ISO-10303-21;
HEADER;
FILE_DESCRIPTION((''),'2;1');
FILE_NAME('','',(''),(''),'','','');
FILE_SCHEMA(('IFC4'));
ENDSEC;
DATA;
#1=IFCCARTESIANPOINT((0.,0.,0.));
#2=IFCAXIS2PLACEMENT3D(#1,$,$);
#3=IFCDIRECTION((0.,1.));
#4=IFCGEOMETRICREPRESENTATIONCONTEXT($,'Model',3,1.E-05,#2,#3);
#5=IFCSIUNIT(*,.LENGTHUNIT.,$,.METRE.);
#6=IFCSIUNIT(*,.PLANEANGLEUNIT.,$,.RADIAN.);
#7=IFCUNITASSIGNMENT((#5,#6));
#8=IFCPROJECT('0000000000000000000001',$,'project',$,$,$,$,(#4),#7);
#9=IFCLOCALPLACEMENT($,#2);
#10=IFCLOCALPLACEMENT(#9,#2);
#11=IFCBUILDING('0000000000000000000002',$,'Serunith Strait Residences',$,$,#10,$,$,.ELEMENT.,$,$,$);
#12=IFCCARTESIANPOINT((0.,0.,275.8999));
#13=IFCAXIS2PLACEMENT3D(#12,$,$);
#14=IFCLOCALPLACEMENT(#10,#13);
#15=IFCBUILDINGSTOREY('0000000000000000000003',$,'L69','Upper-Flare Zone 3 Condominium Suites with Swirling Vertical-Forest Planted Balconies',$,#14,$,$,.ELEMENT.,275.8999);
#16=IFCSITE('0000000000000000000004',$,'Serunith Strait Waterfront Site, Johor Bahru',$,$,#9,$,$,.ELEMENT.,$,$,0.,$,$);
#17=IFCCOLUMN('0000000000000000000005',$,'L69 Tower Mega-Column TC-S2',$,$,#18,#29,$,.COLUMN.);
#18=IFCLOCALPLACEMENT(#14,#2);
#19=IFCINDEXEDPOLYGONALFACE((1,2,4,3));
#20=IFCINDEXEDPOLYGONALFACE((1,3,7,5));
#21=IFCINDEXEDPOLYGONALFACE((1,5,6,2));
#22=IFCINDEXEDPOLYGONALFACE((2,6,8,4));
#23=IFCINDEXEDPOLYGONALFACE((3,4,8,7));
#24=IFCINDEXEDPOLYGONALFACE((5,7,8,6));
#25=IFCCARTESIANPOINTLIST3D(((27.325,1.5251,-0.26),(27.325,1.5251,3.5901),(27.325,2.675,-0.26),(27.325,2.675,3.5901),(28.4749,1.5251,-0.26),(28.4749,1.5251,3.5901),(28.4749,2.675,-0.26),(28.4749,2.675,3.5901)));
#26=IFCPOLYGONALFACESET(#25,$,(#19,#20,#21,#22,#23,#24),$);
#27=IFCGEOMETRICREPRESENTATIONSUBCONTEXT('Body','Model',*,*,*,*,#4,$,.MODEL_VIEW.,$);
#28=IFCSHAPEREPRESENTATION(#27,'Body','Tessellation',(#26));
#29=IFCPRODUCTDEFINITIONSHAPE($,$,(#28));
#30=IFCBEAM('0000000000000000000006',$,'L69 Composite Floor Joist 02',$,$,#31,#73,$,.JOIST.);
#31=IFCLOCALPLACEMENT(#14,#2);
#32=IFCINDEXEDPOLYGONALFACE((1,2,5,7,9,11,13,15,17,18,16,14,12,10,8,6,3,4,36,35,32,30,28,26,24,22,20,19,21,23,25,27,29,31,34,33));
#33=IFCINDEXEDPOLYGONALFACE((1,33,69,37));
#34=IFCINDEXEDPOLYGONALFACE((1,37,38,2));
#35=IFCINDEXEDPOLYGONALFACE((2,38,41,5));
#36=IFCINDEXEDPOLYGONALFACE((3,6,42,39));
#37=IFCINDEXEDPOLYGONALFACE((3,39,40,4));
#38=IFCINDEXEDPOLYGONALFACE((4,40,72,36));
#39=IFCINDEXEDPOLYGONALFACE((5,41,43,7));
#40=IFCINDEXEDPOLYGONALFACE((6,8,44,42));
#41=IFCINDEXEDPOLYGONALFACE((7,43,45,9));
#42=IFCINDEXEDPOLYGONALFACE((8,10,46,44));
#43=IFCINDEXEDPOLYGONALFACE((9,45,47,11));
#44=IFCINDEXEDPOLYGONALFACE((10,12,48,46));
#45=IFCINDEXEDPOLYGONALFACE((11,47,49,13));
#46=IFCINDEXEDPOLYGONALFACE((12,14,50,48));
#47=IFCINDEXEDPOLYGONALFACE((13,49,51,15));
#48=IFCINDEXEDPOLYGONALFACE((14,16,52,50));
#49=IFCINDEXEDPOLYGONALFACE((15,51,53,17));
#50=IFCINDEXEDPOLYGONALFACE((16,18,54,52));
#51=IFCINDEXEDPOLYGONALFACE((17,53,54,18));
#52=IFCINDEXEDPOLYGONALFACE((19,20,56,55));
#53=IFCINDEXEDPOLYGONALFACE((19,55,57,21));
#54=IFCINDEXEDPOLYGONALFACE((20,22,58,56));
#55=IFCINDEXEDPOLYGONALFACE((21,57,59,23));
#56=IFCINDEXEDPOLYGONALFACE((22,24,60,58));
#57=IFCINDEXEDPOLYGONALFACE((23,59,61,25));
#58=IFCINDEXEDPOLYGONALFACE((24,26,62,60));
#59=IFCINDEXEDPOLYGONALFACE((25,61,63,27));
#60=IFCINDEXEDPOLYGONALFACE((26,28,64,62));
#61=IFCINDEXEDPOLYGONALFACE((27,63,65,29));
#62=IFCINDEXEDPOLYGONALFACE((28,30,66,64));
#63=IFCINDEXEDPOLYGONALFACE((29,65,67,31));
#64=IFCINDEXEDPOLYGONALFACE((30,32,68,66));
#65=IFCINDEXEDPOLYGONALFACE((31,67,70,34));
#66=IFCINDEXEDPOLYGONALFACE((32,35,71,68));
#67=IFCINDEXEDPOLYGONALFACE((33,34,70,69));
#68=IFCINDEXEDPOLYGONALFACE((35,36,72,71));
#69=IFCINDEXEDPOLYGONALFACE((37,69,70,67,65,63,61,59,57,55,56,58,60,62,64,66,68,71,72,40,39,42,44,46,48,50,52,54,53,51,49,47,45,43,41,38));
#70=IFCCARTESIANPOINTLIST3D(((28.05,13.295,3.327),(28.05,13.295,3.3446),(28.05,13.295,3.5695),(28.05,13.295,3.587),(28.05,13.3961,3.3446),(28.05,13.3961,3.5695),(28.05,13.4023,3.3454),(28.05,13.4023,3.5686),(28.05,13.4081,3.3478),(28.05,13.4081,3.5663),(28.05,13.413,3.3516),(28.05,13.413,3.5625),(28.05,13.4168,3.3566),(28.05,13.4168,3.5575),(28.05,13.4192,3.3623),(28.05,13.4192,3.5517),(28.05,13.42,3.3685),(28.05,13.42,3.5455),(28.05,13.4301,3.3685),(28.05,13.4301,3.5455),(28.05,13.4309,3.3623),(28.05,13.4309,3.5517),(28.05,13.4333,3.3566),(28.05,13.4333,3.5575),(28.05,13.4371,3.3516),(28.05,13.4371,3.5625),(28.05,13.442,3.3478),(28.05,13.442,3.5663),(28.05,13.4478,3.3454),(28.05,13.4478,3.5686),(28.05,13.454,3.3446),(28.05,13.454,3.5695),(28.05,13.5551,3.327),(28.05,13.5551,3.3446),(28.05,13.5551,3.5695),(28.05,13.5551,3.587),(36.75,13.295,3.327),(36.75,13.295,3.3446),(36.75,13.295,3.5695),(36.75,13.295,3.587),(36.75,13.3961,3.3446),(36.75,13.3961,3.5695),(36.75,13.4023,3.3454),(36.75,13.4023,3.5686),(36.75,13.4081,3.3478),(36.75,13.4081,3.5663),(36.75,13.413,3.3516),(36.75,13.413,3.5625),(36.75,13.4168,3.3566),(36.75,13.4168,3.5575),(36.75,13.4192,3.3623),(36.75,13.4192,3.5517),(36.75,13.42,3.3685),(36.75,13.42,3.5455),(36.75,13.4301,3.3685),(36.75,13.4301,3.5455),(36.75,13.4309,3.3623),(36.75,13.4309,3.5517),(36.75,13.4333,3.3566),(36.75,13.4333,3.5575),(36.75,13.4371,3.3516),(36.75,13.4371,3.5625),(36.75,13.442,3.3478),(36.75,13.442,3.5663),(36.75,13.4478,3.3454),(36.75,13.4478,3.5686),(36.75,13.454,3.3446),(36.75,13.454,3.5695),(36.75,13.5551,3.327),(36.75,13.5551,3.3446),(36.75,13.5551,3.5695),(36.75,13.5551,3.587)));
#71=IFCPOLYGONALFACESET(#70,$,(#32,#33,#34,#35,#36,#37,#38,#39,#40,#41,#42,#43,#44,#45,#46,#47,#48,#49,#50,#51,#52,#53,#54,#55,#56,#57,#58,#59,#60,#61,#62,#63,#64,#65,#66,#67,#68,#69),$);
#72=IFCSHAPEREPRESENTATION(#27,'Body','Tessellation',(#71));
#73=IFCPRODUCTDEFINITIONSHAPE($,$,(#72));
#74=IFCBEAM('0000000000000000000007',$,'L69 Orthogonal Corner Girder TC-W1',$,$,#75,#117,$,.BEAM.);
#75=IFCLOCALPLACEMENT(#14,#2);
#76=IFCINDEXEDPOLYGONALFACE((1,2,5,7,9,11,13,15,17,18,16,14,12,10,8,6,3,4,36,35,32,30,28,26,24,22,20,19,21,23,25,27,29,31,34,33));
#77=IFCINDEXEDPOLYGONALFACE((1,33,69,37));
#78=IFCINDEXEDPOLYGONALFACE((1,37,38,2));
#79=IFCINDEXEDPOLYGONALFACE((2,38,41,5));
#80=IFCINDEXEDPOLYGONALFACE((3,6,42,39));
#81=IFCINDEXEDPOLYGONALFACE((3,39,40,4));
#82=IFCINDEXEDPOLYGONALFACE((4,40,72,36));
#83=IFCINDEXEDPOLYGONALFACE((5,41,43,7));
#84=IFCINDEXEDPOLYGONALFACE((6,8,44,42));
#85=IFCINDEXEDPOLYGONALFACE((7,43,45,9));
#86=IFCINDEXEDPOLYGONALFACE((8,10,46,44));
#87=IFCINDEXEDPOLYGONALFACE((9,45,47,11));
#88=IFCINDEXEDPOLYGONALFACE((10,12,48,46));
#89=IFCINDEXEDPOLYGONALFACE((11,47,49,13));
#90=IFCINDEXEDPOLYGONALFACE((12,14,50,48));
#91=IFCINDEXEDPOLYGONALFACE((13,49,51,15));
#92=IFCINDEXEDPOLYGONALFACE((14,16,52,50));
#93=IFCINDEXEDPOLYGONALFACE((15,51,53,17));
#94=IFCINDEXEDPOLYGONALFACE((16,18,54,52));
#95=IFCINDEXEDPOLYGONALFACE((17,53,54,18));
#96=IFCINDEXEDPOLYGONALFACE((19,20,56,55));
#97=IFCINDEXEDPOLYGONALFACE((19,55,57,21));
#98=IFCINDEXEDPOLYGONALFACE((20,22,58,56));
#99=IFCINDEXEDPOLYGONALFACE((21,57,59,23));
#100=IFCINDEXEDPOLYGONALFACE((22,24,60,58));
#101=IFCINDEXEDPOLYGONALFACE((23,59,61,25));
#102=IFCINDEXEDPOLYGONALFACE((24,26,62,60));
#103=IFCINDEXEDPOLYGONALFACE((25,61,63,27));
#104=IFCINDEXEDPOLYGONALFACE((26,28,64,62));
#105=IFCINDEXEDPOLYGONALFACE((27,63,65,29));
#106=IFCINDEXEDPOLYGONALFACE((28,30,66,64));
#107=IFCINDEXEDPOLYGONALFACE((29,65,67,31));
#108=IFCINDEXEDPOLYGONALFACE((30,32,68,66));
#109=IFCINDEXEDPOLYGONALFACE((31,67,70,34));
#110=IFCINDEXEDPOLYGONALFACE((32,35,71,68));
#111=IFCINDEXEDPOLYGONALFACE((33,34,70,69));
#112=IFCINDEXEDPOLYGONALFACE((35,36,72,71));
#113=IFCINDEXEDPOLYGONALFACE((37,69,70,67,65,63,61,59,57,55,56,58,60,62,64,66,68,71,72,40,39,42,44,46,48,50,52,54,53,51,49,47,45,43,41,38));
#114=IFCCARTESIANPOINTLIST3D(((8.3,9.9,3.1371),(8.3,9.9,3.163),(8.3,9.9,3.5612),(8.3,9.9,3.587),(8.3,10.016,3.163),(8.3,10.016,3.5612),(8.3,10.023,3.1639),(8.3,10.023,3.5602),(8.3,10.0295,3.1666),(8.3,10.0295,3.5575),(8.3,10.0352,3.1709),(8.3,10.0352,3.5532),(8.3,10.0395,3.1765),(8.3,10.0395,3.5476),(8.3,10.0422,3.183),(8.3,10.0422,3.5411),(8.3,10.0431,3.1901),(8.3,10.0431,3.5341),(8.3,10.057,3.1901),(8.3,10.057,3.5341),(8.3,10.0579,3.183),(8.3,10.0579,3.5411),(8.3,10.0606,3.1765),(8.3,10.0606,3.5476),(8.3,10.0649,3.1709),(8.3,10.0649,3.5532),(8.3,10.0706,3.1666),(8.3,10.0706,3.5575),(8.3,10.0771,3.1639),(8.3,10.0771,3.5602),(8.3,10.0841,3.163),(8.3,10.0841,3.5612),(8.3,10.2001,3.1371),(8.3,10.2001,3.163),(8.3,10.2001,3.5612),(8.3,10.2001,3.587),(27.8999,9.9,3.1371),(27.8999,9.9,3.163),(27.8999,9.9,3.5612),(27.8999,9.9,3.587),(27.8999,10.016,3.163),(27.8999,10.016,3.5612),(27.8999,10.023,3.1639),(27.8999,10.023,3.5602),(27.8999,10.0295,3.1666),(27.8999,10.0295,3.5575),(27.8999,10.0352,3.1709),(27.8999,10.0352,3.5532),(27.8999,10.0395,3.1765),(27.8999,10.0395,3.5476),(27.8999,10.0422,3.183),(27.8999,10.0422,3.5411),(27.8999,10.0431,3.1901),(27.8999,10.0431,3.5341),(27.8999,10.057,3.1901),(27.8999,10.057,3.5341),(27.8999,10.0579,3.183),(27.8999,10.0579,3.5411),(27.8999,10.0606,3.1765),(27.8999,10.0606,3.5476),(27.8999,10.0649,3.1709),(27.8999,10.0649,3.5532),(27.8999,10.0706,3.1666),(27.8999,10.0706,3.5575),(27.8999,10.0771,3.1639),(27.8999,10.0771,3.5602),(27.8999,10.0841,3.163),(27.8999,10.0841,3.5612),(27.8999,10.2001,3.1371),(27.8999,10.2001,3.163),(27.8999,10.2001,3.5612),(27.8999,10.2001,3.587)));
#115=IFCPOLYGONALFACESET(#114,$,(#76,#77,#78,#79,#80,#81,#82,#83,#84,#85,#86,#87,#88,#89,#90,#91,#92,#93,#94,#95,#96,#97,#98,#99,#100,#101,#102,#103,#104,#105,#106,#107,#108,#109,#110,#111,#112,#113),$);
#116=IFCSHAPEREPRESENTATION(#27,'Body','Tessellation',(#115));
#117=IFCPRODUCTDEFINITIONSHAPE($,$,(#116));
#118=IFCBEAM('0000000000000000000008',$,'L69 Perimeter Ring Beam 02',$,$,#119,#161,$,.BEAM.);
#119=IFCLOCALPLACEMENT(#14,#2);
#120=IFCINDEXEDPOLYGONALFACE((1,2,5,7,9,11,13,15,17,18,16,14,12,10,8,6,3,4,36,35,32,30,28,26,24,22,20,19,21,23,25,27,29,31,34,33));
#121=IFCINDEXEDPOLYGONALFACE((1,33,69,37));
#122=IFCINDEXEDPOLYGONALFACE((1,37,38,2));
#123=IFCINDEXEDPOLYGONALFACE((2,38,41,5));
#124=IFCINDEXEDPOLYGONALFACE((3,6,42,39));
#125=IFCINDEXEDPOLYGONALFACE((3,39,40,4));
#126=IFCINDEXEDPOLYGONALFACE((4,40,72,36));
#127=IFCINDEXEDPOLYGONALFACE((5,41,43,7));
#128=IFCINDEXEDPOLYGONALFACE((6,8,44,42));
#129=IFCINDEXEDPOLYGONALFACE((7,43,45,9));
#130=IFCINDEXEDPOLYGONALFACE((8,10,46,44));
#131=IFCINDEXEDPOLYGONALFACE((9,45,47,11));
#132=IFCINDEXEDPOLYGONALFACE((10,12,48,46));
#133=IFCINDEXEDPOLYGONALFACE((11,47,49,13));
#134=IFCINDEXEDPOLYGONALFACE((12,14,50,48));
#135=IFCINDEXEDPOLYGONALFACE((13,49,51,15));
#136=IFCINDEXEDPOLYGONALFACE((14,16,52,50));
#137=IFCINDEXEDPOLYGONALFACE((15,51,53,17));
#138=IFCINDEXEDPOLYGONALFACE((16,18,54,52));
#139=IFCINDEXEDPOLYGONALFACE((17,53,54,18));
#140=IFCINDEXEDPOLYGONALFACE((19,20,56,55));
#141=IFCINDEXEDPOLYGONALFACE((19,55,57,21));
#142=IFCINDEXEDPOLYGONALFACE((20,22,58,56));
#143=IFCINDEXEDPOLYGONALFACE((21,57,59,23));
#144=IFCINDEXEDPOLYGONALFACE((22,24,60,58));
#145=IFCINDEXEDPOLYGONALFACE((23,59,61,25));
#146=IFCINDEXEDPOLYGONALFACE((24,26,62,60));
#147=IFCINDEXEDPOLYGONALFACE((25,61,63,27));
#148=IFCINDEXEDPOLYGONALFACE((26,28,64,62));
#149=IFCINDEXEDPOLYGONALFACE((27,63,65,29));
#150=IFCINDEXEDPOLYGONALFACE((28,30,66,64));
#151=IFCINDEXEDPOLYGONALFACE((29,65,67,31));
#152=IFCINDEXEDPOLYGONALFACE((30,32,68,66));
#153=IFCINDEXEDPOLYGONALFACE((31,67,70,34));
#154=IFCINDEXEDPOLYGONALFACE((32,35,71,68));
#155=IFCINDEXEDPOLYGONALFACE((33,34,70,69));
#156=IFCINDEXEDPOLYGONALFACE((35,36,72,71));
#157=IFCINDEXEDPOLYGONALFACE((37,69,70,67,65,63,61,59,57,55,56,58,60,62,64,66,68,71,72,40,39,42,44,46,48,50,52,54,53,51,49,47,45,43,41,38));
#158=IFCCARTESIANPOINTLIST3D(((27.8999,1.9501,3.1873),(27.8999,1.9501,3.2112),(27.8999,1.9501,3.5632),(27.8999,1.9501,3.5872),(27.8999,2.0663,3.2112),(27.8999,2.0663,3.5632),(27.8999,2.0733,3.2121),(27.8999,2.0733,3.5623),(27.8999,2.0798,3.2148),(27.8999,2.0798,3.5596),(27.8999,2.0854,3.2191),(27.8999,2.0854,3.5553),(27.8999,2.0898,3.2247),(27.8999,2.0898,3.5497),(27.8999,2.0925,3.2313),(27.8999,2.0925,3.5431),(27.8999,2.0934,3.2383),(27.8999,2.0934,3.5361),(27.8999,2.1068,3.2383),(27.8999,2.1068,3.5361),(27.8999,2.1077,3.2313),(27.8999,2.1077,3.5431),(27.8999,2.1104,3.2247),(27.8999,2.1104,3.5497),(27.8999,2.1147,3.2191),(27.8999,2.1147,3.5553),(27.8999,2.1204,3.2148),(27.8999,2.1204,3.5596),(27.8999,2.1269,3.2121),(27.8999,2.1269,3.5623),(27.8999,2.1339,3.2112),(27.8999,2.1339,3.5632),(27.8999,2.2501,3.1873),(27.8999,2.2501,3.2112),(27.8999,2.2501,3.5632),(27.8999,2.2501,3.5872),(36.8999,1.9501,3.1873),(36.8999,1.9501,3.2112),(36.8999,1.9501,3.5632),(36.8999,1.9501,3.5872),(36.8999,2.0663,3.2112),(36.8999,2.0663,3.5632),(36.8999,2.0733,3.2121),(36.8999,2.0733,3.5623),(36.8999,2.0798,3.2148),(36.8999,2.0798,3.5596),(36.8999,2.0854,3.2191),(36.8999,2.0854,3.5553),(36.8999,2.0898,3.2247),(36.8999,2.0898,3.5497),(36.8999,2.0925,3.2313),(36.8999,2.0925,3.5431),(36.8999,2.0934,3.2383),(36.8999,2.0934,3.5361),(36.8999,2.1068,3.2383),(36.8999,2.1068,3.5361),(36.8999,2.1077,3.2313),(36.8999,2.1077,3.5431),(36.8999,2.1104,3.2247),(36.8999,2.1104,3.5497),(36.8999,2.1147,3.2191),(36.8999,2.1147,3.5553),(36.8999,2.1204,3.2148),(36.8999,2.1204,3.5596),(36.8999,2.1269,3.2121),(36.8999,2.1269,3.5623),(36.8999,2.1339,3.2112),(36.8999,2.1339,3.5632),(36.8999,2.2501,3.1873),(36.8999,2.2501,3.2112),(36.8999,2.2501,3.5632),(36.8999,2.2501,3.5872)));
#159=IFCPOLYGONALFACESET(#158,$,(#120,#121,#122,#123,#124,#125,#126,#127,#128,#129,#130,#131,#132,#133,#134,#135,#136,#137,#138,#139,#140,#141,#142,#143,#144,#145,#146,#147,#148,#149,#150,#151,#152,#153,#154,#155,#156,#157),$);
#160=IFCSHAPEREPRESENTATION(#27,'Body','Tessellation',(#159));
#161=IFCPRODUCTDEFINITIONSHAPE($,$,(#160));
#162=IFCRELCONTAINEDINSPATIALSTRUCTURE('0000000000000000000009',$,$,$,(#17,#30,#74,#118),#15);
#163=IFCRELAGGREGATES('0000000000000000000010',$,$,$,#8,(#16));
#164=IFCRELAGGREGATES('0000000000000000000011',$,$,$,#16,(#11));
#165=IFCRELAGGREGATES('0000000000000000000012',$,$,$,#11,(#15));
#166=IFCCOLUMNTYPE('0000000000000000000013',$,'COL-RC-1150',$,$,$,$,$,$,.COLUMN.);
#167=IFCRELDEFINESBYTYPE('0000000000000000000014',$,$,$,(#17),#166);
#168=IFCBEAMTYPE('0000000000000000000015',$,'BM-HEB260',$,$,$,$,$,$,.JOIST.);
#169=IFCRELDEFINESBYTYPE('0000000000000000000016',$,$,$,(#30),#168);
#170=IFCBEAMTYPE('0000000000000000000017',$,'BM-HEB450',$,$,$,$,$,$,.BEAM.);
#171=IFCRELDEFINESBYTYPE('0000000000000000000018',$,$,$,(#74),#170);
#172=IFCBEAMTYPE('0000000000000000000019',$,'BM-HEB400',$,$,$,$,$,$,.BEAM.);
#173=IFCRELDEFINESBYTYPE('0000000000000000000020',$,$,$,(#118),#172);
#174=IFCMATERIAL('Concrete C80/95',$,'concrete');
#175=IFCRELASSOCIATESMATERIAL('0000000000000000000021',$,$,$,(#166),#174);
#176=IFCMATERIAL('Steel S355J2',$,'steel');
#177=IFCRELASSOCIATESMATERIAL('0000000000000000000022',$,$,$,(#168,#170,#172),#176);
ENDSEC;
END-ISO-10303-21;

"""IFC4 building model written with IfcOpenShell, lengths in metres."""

from ifc_helpers import new_model, si_unit, direction, frame, origin, origin_2d, place, context, subcontext, project, spatial, rectangle, i_section, extrude, source, transform, mapped, material, material_profile, profile_set, type_object, element, save


model = new_model("IFC4")

# Units and contexts
model_context = context("Model", 3, precision=1e-05, world=origin(), true_north=direction((0.0, 1.0)))
body_context = subcontext(model_context, "Body", "Model", "MODEL_VIEW")
ifc_project = project(units=[si_unit("LENGTHUNIT", "METRE"), si_unit("PLANEANGLEUNIT", "RADIAN")], contexts=[model_context])

# Site, building, storey
site_placement = place(None, origin())
site = spatial("IfcSite", under=ifc_project, at=site_placement, Name="Serunith Strait Waterfront Site, Johor Bahru", CompositionType="ELEMENT", RefElevation=0.0)
building_placement = place(site_placement, origin())
building = spatial("IfcBuilding", under=site, at=building_placement, Name="Serunith Strait Residences", CompositionType="ELEMENT")
storey_placement = place(building_placement, frame((0.0, 0.0, 275.8999)))
storey = spatial("IfcBuildingStorey", under=building, at=storey_placement, Name="L69", Description="Upper-Flare Zone 3 Condominium Suites with Swirling Vertical-Forest Planted Balconies", CompositionType="ELEMENT", Elevation=275.8999)

# Column
ifc_material_1 = material(Name="Concrete C80/95", Category="concrete")
ifc_material_profile_1 = material_profile(ifc_material_1, rectangle(XDim=1.1499, YDim=1.1499, at=origin_2d()), Name="RC 1150x1150")
ifc_profile_set_1 = profile_set([ifc_material_profile_1], Name="Concrete C80/95")
column_type = type_object("IfcColumnType", Name="COL-RC-1150", PredefinedType="COLUMN", material=ifc_profile_set_1)
shared_shape_1 = source(origin(), body_context, "Body", "SweptSolid", [
    extrude(rectangle(XDim=1.1499, YDim=1.1499, at=origin_2d()), origin(), (0.0, 0.0, 1.0), 3.8501),
])
column_placement = place(storey_placement, frame((27.8999, 2.1001, -0.26), z_axis=(0.0, 0.0, 1.0), x_axis=(1.0, 0.0, 0.0)))
element("IfcColumn", 1, at=column_placement, inside=storey, type_object=column_type, Name="L69 Tower Mega-Column TC-S2", PredefinedType="COLUMN", context=body_context, shape_type="MappedRepresentation", body=[
    mapped(shared_shape_1, transform((0.0, 0.0, 0.0), scale=1.0)),
])

# Beams
ifc_material_2 = material(Name="Steel S355J2", Category="steel")
ifc_material_profile_2 = material_profile(ifc_material_2, i_section(OverallWidth=0.26, OverallDepth=0.26, WebThickness=0.01, FlangeThickness=0.0176, FilletRadius=0.0239, at=origin_2d()), Name="HEB 260")
ifc_profile_set_2 = profile_set([ifc_material_profile_2], Name="Steel S355J2")
beam_type_1 = type_object("IfcBeamType", Name="BM-HEB260", PredefinedType="JOIST", material=ifc_profile_set_2)
shared_shape_2 = source(origin(), body_context, "Body", "SweptSolid", [
    extrude(i_section(OverallWidth=0.26, OverallDepth=0.26, WebThickness=0.01, FlangeThickness=0.0176, FilletRadius=0.0239, at=origin_2d()), origin(), (0.0, 0.0, 1.0), 8.7),
])
beam_1_placement = place(storey_placement, frame((28.05, 13.425, 3.457), z_axis=(1.0, 0.0, 0.0), x_axis=(0.0, 1.0, 0.0)))
element("IfcBeam", 2, at=beam_1_placement, inside=storey, type_object=beam_type_1, Name="L69 Composite Floor Joist 02", PredefinedType="JOIST", context=body_context, shape_type="MappedRepresentation", body=[
    mapped(shared_shape_2, transform((0.0, 0.0, 0.0), scale=1.0)),
])
ifc_material_profile_3 = material_profile(ifc_material_2, i_section(OverallWidth=0.3, OverallDepth=0.45, WebThickness=0.0139, FlangeThickness=0.0259, FilletRadius=0.0271, at=origin_2d()), Name="HEB 450")
ifc_profile_set_3 = profile_set([ifc_material_profile_3], Name="Steel S355J2")
beam_type_2 = type_object("IfcBeamType", Name="BM-HEB450", PredefinedType="BEAM", material=ifc_profile_set_3)
shared_shape_3 = source(origin(), body_context, "Body", "SweptSolid", [
    extrude(i_section(OverallWidth=0.3, OverallDepth=0.45, WebThickness=0.0139, FlangeThickness=0.0259, FilletRadius=0.0271, at=origin_2d()), origin(), (0.0, 0.0, 1.0), 19.5999),
])
beam_2_placement = place(storey_placement, frame((27.8999, 10.05, 3.3621), z_axis=(-1.0, 0.0, 0.0), x_axis=(0.0, -1.0, 0.0)))
element("IfcBeam", 3, at=beam_2_placement, inside=storey, type_object=beam_type_2, Name="L69 Orthogonal Corner Girder TC-W1", PredefinedType="BEAM", context=body_context, shape_type="MappedRepresentation", body=[
    mapped(shared_shape_3, transform((0.0, 0.0, 0.0), scale=1.0)),
])
ifc_material_profile_4 = material_profile(ifc_material_2, i_section(OverallWidth=0.3, OverallDepth=0.3999, WebThickness=0.0134, FlangeThickness=0.0239, FilletRadius=0.0271, at=origin_2d()), Name="HEB 400")
ifc_profile_set_4 = profile_set([ifc_material_profile_4], Name="Steel S355J2")
beam_type_3 = type_object("IfcBeamType", Name="BM-HEB400", PredefinedType="BEAM", material=ifc_profile_set_4)
shared_shape_4 = source(origin(), body_context, "Body", "SweptSolid", [
    extrude(i_section(OverallWidth=0.3, OverallDepth=0.3999, WebThickness=0.0134, FlangeThickness=0.0239, FilletRadius=0.0271, at=origin_2d()), origin(), (0.0, 0.0, 1.0), 9.0),
])
beam_3_placement = place(storey_placement, frame((27.8999, 2.1001, 3.3872), z_axis=(1.0, 0.0, 0.0), x_axis=(0.0, 1.0, 0.0)))
element("IfcBeam", 4, at=beam_3_placement, inside=storey, type_object=beam_type_3, Name="L69 Perimeter Ring Beam 02", PredefinedType="BEAM", context=body_context, shape_type="MappedRepresentation", body=[
    mapped(shared_shape_4, transform((0.0, 0.0, 0.0), scale=1.0)),
])

save(model, "model.ifc")
